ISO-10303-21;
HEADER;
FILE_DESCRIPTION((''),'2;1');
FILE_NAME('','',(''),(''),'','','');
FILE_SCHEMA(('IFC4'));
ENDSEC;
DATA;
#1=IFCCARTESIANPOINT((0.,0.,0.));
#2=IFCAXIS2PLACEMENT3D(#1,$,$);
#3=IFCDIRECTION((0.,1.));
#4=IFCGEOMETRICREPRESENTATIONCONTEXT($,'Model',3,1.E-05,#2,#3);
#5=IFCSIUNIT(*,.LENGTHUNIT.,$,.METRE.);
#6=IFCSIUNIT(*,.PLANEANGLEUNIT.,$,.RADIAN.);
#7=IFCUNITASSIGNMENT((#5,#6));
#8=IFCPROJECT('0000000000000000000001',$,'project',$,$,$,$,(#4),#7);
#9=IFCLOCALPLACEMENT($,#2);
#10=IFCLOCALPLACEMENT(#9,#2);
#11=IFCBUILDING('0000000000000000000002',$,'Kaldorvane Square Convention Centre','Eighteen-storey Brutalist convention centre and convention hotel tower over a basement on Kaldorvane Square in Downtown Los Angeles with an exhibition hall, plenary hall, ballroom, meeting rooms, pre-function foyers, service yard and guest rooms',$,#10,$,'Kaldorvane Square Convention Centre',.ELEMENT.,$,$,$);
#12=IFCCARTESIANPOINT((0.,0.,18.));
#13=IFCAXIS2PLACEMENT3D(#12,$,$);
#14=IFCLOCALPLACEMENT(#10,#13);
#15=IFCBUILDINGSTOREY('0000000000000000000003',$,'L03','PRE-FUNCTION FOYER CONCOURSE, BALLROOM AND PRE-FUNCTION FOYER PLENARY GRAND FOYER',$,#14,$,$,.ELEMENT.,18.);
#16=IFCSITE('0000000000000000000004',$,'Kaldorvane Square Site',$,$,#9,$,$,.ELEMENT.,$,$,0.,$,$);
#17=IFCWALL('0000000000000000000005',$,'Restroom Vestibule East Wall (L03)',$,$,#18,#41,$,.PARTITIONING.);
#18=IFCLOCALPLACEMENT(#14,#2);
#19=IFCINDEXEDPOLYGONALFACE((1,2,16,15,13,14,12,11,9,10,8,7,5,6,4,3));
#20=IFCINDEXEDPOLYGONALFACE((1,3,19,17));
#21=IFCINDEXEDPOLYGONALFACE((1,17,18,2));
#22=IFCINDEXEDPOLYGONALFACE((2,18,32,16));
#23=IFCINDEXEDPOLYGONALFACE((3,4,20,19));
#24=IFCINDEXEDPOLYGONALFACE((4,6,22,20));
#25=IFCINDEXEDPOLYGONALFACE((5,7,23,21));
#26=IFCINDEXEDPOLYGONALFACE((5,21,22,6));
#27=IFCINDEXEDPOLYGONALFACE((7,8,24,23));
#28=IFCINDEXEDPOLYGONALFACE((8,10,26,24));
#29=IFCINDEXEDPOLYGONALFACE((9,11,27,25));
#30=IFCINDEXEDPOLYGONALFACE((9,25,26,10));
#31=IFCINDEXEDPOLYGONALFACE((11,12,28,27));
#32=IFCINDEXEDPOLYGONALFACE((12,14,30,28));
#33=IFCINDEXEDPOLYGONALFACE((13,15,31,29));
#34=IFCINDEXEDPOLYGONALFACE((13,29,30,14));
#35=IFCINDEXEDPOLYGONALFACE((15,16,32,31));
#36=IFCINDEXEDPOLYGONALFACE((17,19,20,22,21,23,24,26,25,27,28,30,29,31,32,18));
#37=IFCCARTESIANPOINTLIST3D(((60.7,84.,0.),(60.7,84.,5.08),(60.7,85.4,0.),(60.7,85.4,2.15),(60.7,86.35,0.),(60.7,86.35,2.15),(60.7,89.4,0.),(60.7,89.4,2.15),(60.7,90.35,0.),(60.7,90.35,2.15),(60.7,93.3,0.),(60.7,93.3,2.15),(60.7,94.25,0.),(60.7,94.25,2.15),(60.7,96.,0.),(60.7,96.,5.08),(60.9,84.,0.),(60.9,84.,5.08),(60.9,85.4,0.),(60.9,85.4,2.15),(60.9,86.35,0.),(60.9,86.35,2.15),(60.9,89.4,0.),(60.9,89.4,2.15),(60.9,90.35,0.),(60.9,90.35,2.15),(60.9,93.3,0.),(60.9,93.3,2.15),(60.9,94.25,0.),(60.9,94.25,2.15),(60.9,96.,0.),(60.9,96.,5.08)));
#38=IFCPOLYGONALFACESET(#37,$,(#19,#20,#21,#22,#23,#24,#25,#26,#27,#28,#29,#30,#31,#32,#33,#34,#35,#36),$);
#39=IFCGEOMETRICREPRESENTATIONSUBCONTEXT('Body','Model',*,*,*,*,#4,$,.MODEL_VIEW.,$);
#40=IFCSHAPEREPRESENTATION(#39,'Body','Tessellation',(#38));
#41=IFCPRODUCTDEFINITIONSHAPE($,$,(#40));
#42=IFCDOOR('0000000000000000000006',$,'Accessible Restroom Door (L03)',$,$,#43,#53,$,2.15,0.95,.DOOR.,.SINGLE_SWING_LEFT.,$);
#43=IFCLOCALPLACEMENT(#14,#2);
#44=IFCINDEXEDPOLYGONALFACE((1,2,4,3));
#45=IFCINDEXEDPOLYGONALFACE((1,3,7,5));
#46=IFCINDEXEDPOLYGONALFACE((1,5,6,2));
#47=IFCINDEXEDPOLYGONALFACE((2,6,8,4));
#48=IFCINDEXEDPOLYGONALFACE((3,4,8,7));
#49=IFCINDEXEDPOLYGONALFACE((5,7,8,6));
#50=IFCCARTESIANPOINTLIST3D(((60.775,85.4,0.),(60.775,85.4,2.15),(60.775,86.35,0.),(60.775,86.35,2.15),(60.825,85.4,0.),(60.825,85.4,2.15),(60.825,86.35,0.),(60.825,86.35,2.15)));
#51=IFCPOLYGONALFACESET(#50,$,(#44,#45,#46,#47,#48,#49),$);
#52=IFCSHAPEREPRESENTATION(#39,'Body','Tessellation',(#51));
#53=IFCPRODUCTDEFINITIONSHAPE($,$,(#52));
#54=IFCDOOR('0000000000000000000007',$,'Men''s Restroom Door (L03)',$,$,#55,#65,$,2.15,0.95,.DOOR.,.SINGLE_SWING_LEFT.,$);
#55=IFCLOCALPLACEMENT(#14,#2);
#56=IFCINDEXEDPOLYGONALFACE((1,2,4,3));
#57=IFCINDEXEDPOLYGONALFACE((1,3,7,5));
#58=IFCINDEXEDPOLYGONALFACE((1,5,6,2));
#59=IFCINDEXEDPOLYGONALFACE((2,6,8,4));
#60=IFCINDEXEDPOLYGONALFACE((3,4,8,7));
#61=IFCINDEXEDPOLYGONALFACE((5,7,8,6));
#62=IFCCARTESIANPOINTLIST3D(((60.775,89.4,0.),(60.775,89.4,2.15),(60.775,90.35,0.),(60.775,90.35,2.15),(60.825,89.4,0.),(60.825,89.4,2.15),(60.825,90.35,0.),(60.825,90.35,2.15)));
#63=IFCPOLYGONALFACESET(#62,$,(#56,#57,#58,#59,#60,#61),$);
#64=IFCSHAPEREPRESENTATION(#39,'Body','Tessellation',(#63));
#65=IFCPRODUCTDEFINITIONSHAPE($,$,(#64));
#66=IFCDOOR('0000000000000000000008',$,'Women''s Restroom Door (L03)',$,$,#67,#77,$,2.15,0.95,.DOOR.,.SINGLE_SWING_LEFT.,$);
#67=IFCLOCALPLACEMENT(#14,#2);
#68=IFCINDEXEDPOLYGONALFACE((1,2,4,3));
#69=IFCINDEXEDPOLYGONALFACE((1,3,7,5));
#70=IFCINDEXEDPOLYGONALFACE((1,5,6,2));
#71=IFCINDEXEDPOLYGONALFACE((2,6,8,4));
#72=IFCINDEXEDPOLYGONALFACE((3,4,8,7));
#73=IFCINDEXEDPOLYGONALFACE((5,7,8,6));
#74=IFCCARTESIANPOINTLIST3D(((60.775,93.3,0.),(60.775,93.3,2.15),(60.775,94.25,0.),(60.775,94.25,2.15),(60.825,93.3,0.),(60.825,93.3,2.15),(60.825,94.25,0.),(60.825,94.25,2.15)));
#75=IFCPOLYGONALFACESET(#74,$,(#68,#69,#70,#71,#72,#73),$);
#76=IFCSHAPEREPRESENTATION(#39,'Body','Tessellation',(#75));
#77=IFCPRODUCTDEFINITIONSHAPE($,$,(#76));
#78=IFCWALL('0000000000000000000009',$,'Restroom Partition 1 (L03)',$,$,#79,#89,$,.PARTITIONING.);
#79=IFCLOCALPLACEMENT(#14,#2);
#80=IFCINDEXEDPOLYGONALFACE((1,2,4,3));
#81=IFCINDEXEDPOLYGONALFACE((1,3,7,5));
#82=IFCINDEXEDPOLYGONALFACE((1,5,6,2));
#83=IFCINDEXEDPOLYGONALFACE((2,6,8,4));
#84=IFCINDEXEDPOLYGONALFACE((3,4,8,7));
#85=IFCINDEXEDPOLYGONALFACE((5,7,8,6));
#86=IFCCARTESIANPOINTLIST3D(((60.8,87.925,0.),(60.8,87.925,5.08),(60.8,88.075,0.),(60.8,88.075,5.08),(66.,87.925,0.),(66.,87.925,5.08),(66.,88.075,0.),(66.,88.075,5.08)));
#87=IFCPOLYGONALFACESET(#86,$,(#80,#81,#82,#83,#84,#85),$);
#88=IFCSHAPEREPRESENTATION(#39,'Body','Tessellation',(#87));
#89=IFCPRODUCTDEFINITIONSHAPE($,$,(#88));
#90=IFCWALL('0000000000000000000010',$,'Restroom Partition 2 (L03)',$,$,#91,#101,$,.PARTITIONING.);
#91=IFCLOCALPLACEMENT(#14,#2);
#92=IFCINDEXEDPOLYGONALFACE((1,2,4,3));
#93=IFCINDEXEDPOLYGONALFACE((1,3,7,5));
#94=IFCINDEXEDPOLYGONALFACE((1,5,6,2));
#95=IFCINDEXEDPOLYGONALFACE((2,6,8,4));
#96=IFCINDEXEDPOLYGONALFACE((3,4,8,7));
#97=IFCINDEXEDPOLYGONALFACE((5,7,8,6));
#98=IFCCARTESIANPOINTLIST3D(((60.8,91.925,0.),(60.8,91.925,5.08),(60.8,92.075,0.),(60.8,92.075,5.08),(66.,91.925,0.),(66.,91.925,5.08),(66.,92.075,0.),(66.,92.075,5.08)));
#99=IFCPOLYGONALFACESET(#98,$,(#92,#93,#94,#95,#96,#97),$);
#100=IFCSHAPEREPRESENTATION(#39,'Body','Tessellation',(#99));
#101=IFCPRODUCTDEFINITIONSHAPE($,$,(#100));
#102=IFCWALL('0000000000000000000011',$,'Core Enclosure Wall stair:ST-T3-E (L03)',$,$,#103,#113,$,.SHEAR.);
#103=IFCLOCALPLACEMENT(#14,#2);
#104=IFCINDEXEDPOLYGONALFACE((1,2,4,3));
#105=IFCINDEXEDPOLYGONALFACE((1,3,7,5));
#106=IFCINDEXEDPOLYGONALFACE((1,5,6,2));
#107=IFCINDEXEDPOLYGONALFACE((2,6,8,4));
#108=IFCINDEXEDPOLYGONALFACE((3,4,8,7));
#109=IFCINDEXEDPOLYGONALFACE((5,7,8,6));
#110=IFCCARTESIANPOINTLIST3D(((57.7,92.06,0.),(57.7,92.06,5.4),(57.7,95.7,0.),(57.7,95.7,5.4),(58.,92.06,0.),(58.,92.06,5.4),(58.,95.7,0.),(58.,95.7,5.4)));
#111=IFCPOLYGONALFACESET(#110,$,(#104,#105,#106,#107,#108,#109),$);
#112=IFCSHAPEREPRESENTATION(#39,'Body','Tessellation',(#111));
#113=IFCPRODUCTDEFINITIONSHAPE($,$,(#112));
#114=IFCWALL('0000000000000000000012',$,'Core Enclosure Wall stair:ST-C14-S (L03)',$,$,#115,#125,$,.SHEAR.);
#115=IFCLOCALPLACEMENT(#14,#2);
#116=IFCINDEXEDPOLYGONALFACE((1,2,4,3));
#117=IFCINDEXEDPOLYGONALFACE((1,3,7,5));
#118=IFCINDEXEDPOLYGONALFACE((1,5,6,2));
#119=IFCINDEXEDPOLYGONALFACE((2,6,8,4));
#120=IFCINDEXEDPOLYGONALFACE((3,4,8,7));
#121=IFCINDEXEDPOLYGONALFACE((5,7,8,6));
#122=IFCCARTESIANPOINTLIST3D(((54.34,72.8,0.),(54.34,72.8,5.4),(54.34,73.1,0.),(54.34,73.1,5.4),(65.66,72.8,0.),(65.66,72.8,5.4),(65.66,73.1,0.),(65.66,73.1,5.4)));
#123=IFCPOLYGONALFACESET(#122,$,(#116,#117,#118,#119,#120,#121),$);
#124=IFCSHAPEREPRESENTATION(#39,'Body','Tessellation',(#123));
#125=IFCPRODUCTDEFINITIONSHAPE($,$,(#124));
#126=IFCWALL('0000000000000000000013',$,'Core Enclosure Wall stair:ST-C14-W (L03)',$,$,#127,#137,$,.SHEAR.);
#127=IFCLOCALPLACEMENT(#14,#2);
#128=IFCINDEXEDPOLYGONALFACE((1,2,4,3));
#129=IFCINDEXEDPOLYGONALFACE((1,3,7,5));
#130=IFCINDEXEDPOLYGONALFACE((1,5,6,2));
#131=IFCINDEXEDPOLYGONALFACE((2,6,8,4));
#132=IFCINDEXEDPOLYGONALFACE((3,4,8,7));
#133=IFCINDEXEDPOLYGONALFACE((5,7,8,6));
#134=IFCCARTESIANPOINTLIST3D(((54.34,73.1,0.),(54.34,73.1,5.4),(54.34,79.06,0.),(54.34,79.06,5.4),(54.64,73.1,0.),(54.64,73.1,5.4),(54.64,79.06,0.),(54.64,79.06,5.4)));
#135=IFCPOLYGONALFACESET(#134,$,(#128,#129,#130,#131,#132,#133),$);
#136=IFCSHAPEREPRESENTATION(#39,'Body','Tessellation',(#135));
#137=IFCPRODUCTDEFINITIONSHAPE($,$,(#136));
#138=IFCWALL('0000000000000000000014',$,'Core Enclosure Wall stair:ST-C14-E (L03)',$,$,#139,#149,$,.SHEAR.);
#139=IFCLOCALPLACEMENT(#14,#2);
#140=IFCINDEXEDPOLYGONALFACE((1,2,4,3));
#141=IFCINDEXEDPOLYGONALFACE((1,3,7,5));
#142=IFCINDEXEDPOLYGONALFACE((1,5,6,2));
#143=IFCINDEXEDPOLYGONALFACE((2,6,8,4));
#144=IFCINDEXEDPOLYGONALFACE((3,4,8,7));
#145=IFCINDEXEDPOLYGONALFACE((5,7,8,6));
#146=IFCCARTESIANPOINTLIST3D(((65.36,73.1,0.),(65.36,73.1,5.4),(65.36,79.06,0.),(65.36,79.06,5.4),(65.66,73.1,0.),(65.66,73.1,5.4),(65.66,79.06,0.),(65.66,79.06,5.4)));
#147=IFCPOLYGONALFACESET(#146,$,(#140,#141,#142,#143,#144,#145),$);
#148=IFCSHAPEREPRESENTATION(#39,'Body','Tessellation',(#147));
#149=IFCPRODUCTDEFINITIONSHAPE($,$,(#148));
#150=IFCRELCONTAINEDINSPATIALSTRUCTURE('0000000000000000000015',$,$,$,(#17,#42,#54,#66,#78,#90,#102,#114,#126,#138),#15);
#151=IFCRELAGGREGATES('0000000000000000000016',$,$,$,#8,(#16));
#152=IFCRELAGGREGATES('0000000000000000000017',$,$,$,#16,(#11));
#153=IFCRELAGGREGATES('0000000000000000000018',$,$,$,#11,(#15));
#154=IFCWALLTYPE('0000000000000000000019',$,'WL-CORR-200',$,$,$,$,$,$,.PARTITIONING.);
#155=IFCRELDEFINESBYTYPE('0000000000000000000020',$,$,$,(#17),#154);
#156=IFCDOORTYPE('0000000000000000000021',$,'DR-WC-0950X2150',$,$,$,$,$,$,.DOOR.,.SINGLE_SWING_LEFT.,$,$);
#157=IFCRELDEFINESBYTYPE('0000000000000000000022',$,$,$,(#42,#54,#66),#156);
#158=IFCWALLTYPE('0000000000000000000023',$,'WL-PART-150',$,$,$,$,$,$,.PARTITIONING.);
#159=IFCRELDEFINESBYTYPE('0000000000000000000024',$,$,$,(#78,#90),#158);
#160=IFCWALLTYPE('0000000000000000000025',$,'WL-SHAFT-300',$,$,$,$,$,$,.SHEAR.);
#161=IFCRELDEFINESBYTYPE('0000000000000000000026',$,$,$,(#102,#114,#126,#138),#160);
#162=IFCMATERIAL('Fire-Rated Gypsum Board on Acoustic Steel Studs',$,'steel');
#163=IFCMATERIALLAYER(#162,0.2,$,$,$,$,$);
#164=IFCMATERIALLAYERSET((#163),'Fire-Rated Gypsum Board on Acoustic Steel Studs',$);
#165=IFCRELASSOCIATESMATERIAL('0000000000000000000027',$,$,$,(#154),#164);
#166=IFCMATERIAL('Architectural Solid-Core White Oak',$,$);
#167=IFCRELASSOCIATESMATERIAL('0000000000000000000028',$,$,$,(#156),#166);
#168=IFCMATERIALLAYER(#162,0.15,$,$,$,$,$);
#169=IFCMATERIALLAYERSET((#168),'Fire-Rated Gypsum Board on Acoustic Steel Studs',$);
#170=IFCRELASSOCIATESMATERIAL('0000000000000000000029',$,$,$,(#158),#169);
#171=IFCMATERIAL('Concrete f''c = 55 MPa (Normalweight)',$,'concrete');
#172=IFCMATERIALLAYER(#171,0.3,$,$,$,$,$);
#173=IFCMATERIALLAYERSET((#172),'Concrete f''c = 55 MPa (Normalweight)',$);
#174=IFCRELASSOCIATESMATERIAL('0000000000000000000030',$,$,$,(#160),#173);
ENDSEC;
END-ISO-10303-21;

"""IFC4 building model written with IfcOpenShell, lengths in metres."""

from ifc_helpers import new_model, si_unit, direction, frame, frame_2d, origin, place, context, subcontext, project, spatial, rectangle, extrude, material, layer, layer_set, type_object, element, fill, save


model = new_model("IFC4")

# Units and contexts
model_context = context("Model", 3, precision=1e-05, world=origin(), true_north=direction((0.0, 1.0)))
body_context = subcontext(model_context, "Body", "Model", "MODEL_VIEW")
ifc_project = project(units=[si_unit("LENGTHUNIT", "METRE"), si_unit("PLANEANGLEUNIT", "RADIAN")], contexts=[model_context])

# Site, building, storey
site_placement = place(None, origin())
site = spatial("IfcSite", under=ifc_project, at=site_placement, Name="Kaldorvane Square Site", CompositionType="ELEMENT", RefElevation=0.0)
building_placement = place(site_placement, origin())
building = spatial("IfcBuilding", under=site, at=building_placement, Name="Kaldorvane Square Convention Centre", Description="Eighteen-storey Brutalist convention centre and convention hotel tower over a basement on Kaldorvane Square in Downtown Los Angeles with an exhibition hall, plenary hall, ballroom, meeting rooms, pre-function foyers, service yard and guest rooms", LongName="Kaldorvane Square Convention Centre", CompositionType="ELEMENT")
storey_placement = place(building_placement, frame((0.0, 0.0, 18.0)))
storey = spatial("IfcBuildingStorey", under=building, at=storey_placement, Name="L03", Description="PRE-FUNCTION FOYER CONCOURSE, BALLROOM AND PRE-FUNCTION FOYER PLENARY GRAND FOYER", CompositionType="ELEMENT", Elevation=18.0)

# Shared definitions
ifc_material_1 = material(Name="Concrete f'c = 55 MPa (Normalweight)", Category="concrete")

# Shared definitions
ifc_material_2 = material(Name="Fire-Rated Gypsum Board on Acoustic Steel Studs", Category="steel")
ifc_layer_1 = layer(ifc_material_2, 0.2)
ifc_layer_set_1 = layer_set([ifc_layer_1], Name="Fire-Rated Gypsum Board on Acoustic Steel Studs")
wall_type_1 = type_object("IfcWallType", Name="WL-CORR-200", PredefinedType="PARTITIONING", material=ifc_layer_set_1)

# Wall, openings, doors
wall_1_placement = place(storey_placement, frame((60.8, 84.0, 0.0), z_axis=(0.0, 0.0, 1.0), x_axis=(0.0, 1.0, 0.0)))
wall_1 = element("IfcWall", 1, at=wall_1_placement, inside=storey, type_object=wall_type_1, Name="Restroom Vestibule East Wall (L03)", PredefinedType="PARTITIONING", context=body_context, shape_type="SweptSolid", body=[
    extrude(rectangle(XDim=12.0, YDim=0.2, at=frame_2d((6.0, 0.0))), origin(), (0.0, 0.0, 1.0), 5.08),
])
opening_1_placement = place(wall_1_placement, frame((1.4, 0.0, 0.0)))
opening_1 = element("IfcOpeningElement", 2, at=opening_1_placement, cuts=wall_1, PredefinedType="OPENING", context=body_context, shape_type="SweptSolid", body=[
    extrude(rectangle(XDim=0.95, YDim=2.15, at=frame_2d((0.475, 1.075))), frame((0.0, 0.115, 0.0), z_axis=(0.0, -1.0, 0.0), x_axis=(1.0, 0.0, 0.0)), (0.0, 0.0, 1.0), 0.23),
])
opening_2_placement = place(wall_1_placement, frame((5.4, 0.0, 0.0)))
opening_2 = element("IfcOpeningElement", 3, at=opening_2_placement, cuts=wall_1, PredefinedType="OPENING", context=body_context, shape_type="SweptSolid", body=[
    extrude(rectangle(XDim=0.95, YDim=2.15, at=frame_2d((0.475, 1.075))), frame((0.0, 0.115, 0.0), z_axis=(0.0, -1.0, 0.0), x_axis=(1.0, 0.0, 0.0)), (0.0, 0.0, 1.0), 0.23),
])
opening_3_placement = place(wall_1_placement, frame((9.3, 0.0, 0.0)))
opening_3 = element("IfcOpeningElement", 4, at=opening_3_placement, cuts=wall_1, PredefinedType="OPENING", context=body_context, shape_type="SweptSolid", body=[
    extrude(rectangle(XDim=0.95, YDim=2.15, at=frame_2d((0.475, 1.075))), frame((0.0, 0.115, 0.0), z_axis=(0.0, -1.0, 0.0), x_axis=(1.0, 0.0, 0.0)), (0.0, 0.0, 1.0), 0.23),
])
ifc_material_3 = material(Name="Architectural Solid-Core White Oak")
door_type_1 = type_object("IfcDoorType", Name="DR-WC-0950X2150", OperationType="SINGLE_SWING_LEFT", PredefinedType="DOOR", material=ifc_material_3)
door_1_placement = place(opening_1_placement, origin())
door_1 = element("IfcDoor", 5, at=door_1_placement, inside=storey, type_object=door_type_1, Name="Accessible Restroom Door (L03)", OperationType="SINGLE_SWING_LEFT", OverallHeight=2.15, OverallWidth=0.95, PredefinedType="DOOR", context=body_context, shape_type="SweptSolid", body=[
    extrude(rectangle(XDim=0.95, YDim=2.15, at=frame_2d((0.475, 1.075))), frame((0.0, 0.025, 0.0), z_axis=(0.0, -1.0, 0.0), x_axis=(1.0, 0.0, 0.0)), (0.0, 0.0, 1.0), 0.05),
])
fill(opening_1, door_1)
door_2_placement = place(opening_2_placement, origin())
door_2 = element("IfcDoor", 6, at=door_2_placement, inside=storey, type_object=door_type_1, Name="Men's Restroom Door (L03)", OperationType="SINGLE_SWING_LEFT", OverallHeight=2.15, OverallWidth=0.95, PredefinedType="DOOR", context=body_context, shape_type="SweptSolid", body=[
    extrude(rectangle(XDim=0.95, YDim=2.15, at=frame_2d((0.475, 1.075))), frame((0.0, 0.025, 0.0), z_axis=(0.0, -1.0, 0.0), x_axis=(1.0, 0.0, 0.0)), (0.0, 0.0, 1.0), 0.05),
])
fill(opening_2, door_2)
door_3_placement = place(opening_3_placement, origin())
door_3 = element("IfcDoor", 7, at=door_3_placement, inside=storey, type_object=door_type_1, Name="Women's Restroom Door (L03)", OperationType="SINGLE_SWING_LEFT", OverallHeight=2.15, OverallWidth=0.95, PredefinedType="DOOR", context=body_context, shape_type="SweptSolid", body=[
    extrude(rectangle(XDim=0.95, YDim=2.15, at=frame_2d((0.475, 1.075))), frame((0.0, 0.025, 0.0), z_axis=(0.0, -1.0, 0.0), x_axis=(1.0, 0.0, 0.0)), (0.0, 0.0, 1.0), 0.05),
])
fill(opening_3, door_3)

# Walls
ifc_layer_2 = layer(ifc_material_2, 0.15)
ifc_layer_set_2 = layer_set([ifc_layer_2], Name="Fire-Rated Gypsum Board on Acoustic Steel Studs")
wall_type_2 = type_object("IfcWallType", Name="WL-PART-150", PredefinedType="PARTITIONING", material=ifc_layer_set_2)
for number, where, z_axis, x_axis, name in (
    (8, (60.8, 88.0, 0.0), (0.0, 0.0, 1.0), (1.0, 0.0, 0.0), "Restroom Partition 1 (L03)"),
    (9, (60.8, 92.0, 0.0), (0.0, 0.0, 1.0), (1.0, 0.0, 0.0), "Restroom Partition 2 (L03)"),
):
    element("IfcWall", number, at=place(storey_placement, frame(where, z_axis=z_axis, x_axis=x_axis)), inside=storey, type_object=wall_type_2, Name=name, PredefinedType="PARTITIONING", context=body_context, shape_type="SweptSolid", body=[
        extrude(rectangle(XDim=5.2, YDim=0.15, at=frame_2d((2.6, 0.0))), origin(), (0.0, 0.0, 1.0), 5.08),
    ])
ifc_layer_3 = layer(ifc_material_1, 0.3)
ifc_layer_set_3 = layer_set([ifc_layer_3], Name="Concrete f'c = 55 MPa (Normalweight)")
wall_type_3 = type_object("IfcWallType", Name="WL-SHAFT-300", PredefinedType="SHEAR", material=ifc_layer_set_3)
wall_2_placement = place(storey_placement, frame((57.85, 92.06, 0.0), z_axis=(0.0, 0.0, 1.0), x_axis=(0.0, 1.0, 0.0)))
element("IfcWall", 10, at=wall_2_placement, inside=storey, type_object=wall_type_3, Name="Core Enclosure Wall stair:ST-T3-E (L03)", PredefinedType="SHEAR", context=body_context, shape_type="SweptSolid", body=[
    extrude(rectangle(XDim=3.64, YDim=0.3, at=frame_2d((1.82, 0.0))), origin(), (0.0, 0.0, 1.0), 5.4),
])
wall_3_placement = place(storey_placement, frame((54.34, 72.95, 0.0), z_axis=(0.0, 0.0, 1.0), x_axis=(1.0, 0.0, 0.0)))
element("IfcWall", 11, at=wall_3_placement, inside=storey, type_object=wall_type_3, Name="Core Enclosure Wall stair:ST-C14-S (L03)", PredefinedType="SHEAR", context=body_context, shape_type="SweptSolid", body=[
    extrude(rectangle(XDim=11.32, YDim=0.3, at=frame_2d((5.66, 0.0))), origin(), (0.0, 0.0, 1.0), 5.4),
])
for number, where, z_axis, x_axis, name in (
    (12, (54.49, 79.06, 0.0), (0.0, 0.0, 1.0), (0.0, -1.0, 0.0), "Core Enclosure Wall stair:ST-C14-W (L03)"),
    (13, (65.51, 73.1, 0.0), (0.0, 0.0, 1.0), (0.0, 1.0, 0.0), "Core Enclosure Wall stair:ST-C14-E (L03)"),
):
    element("IfcWall", number, at=place(storey_placement, frame(where, z_axis=z_axis, x_axis=x_axis)), inside=storey, type_object=wall_type_3, Name=name, PredefinedType="SHEAR", context=body_context, shape_type="SweptSolid", body=[
        extrude(rectangle(XDim=5.96, YDim=0.3, at=frame_2d((2.98, 0.0))), origin(), (0.0, 0.0, 1.0), 5.4),
    ])

save(model, "model.ifc")
